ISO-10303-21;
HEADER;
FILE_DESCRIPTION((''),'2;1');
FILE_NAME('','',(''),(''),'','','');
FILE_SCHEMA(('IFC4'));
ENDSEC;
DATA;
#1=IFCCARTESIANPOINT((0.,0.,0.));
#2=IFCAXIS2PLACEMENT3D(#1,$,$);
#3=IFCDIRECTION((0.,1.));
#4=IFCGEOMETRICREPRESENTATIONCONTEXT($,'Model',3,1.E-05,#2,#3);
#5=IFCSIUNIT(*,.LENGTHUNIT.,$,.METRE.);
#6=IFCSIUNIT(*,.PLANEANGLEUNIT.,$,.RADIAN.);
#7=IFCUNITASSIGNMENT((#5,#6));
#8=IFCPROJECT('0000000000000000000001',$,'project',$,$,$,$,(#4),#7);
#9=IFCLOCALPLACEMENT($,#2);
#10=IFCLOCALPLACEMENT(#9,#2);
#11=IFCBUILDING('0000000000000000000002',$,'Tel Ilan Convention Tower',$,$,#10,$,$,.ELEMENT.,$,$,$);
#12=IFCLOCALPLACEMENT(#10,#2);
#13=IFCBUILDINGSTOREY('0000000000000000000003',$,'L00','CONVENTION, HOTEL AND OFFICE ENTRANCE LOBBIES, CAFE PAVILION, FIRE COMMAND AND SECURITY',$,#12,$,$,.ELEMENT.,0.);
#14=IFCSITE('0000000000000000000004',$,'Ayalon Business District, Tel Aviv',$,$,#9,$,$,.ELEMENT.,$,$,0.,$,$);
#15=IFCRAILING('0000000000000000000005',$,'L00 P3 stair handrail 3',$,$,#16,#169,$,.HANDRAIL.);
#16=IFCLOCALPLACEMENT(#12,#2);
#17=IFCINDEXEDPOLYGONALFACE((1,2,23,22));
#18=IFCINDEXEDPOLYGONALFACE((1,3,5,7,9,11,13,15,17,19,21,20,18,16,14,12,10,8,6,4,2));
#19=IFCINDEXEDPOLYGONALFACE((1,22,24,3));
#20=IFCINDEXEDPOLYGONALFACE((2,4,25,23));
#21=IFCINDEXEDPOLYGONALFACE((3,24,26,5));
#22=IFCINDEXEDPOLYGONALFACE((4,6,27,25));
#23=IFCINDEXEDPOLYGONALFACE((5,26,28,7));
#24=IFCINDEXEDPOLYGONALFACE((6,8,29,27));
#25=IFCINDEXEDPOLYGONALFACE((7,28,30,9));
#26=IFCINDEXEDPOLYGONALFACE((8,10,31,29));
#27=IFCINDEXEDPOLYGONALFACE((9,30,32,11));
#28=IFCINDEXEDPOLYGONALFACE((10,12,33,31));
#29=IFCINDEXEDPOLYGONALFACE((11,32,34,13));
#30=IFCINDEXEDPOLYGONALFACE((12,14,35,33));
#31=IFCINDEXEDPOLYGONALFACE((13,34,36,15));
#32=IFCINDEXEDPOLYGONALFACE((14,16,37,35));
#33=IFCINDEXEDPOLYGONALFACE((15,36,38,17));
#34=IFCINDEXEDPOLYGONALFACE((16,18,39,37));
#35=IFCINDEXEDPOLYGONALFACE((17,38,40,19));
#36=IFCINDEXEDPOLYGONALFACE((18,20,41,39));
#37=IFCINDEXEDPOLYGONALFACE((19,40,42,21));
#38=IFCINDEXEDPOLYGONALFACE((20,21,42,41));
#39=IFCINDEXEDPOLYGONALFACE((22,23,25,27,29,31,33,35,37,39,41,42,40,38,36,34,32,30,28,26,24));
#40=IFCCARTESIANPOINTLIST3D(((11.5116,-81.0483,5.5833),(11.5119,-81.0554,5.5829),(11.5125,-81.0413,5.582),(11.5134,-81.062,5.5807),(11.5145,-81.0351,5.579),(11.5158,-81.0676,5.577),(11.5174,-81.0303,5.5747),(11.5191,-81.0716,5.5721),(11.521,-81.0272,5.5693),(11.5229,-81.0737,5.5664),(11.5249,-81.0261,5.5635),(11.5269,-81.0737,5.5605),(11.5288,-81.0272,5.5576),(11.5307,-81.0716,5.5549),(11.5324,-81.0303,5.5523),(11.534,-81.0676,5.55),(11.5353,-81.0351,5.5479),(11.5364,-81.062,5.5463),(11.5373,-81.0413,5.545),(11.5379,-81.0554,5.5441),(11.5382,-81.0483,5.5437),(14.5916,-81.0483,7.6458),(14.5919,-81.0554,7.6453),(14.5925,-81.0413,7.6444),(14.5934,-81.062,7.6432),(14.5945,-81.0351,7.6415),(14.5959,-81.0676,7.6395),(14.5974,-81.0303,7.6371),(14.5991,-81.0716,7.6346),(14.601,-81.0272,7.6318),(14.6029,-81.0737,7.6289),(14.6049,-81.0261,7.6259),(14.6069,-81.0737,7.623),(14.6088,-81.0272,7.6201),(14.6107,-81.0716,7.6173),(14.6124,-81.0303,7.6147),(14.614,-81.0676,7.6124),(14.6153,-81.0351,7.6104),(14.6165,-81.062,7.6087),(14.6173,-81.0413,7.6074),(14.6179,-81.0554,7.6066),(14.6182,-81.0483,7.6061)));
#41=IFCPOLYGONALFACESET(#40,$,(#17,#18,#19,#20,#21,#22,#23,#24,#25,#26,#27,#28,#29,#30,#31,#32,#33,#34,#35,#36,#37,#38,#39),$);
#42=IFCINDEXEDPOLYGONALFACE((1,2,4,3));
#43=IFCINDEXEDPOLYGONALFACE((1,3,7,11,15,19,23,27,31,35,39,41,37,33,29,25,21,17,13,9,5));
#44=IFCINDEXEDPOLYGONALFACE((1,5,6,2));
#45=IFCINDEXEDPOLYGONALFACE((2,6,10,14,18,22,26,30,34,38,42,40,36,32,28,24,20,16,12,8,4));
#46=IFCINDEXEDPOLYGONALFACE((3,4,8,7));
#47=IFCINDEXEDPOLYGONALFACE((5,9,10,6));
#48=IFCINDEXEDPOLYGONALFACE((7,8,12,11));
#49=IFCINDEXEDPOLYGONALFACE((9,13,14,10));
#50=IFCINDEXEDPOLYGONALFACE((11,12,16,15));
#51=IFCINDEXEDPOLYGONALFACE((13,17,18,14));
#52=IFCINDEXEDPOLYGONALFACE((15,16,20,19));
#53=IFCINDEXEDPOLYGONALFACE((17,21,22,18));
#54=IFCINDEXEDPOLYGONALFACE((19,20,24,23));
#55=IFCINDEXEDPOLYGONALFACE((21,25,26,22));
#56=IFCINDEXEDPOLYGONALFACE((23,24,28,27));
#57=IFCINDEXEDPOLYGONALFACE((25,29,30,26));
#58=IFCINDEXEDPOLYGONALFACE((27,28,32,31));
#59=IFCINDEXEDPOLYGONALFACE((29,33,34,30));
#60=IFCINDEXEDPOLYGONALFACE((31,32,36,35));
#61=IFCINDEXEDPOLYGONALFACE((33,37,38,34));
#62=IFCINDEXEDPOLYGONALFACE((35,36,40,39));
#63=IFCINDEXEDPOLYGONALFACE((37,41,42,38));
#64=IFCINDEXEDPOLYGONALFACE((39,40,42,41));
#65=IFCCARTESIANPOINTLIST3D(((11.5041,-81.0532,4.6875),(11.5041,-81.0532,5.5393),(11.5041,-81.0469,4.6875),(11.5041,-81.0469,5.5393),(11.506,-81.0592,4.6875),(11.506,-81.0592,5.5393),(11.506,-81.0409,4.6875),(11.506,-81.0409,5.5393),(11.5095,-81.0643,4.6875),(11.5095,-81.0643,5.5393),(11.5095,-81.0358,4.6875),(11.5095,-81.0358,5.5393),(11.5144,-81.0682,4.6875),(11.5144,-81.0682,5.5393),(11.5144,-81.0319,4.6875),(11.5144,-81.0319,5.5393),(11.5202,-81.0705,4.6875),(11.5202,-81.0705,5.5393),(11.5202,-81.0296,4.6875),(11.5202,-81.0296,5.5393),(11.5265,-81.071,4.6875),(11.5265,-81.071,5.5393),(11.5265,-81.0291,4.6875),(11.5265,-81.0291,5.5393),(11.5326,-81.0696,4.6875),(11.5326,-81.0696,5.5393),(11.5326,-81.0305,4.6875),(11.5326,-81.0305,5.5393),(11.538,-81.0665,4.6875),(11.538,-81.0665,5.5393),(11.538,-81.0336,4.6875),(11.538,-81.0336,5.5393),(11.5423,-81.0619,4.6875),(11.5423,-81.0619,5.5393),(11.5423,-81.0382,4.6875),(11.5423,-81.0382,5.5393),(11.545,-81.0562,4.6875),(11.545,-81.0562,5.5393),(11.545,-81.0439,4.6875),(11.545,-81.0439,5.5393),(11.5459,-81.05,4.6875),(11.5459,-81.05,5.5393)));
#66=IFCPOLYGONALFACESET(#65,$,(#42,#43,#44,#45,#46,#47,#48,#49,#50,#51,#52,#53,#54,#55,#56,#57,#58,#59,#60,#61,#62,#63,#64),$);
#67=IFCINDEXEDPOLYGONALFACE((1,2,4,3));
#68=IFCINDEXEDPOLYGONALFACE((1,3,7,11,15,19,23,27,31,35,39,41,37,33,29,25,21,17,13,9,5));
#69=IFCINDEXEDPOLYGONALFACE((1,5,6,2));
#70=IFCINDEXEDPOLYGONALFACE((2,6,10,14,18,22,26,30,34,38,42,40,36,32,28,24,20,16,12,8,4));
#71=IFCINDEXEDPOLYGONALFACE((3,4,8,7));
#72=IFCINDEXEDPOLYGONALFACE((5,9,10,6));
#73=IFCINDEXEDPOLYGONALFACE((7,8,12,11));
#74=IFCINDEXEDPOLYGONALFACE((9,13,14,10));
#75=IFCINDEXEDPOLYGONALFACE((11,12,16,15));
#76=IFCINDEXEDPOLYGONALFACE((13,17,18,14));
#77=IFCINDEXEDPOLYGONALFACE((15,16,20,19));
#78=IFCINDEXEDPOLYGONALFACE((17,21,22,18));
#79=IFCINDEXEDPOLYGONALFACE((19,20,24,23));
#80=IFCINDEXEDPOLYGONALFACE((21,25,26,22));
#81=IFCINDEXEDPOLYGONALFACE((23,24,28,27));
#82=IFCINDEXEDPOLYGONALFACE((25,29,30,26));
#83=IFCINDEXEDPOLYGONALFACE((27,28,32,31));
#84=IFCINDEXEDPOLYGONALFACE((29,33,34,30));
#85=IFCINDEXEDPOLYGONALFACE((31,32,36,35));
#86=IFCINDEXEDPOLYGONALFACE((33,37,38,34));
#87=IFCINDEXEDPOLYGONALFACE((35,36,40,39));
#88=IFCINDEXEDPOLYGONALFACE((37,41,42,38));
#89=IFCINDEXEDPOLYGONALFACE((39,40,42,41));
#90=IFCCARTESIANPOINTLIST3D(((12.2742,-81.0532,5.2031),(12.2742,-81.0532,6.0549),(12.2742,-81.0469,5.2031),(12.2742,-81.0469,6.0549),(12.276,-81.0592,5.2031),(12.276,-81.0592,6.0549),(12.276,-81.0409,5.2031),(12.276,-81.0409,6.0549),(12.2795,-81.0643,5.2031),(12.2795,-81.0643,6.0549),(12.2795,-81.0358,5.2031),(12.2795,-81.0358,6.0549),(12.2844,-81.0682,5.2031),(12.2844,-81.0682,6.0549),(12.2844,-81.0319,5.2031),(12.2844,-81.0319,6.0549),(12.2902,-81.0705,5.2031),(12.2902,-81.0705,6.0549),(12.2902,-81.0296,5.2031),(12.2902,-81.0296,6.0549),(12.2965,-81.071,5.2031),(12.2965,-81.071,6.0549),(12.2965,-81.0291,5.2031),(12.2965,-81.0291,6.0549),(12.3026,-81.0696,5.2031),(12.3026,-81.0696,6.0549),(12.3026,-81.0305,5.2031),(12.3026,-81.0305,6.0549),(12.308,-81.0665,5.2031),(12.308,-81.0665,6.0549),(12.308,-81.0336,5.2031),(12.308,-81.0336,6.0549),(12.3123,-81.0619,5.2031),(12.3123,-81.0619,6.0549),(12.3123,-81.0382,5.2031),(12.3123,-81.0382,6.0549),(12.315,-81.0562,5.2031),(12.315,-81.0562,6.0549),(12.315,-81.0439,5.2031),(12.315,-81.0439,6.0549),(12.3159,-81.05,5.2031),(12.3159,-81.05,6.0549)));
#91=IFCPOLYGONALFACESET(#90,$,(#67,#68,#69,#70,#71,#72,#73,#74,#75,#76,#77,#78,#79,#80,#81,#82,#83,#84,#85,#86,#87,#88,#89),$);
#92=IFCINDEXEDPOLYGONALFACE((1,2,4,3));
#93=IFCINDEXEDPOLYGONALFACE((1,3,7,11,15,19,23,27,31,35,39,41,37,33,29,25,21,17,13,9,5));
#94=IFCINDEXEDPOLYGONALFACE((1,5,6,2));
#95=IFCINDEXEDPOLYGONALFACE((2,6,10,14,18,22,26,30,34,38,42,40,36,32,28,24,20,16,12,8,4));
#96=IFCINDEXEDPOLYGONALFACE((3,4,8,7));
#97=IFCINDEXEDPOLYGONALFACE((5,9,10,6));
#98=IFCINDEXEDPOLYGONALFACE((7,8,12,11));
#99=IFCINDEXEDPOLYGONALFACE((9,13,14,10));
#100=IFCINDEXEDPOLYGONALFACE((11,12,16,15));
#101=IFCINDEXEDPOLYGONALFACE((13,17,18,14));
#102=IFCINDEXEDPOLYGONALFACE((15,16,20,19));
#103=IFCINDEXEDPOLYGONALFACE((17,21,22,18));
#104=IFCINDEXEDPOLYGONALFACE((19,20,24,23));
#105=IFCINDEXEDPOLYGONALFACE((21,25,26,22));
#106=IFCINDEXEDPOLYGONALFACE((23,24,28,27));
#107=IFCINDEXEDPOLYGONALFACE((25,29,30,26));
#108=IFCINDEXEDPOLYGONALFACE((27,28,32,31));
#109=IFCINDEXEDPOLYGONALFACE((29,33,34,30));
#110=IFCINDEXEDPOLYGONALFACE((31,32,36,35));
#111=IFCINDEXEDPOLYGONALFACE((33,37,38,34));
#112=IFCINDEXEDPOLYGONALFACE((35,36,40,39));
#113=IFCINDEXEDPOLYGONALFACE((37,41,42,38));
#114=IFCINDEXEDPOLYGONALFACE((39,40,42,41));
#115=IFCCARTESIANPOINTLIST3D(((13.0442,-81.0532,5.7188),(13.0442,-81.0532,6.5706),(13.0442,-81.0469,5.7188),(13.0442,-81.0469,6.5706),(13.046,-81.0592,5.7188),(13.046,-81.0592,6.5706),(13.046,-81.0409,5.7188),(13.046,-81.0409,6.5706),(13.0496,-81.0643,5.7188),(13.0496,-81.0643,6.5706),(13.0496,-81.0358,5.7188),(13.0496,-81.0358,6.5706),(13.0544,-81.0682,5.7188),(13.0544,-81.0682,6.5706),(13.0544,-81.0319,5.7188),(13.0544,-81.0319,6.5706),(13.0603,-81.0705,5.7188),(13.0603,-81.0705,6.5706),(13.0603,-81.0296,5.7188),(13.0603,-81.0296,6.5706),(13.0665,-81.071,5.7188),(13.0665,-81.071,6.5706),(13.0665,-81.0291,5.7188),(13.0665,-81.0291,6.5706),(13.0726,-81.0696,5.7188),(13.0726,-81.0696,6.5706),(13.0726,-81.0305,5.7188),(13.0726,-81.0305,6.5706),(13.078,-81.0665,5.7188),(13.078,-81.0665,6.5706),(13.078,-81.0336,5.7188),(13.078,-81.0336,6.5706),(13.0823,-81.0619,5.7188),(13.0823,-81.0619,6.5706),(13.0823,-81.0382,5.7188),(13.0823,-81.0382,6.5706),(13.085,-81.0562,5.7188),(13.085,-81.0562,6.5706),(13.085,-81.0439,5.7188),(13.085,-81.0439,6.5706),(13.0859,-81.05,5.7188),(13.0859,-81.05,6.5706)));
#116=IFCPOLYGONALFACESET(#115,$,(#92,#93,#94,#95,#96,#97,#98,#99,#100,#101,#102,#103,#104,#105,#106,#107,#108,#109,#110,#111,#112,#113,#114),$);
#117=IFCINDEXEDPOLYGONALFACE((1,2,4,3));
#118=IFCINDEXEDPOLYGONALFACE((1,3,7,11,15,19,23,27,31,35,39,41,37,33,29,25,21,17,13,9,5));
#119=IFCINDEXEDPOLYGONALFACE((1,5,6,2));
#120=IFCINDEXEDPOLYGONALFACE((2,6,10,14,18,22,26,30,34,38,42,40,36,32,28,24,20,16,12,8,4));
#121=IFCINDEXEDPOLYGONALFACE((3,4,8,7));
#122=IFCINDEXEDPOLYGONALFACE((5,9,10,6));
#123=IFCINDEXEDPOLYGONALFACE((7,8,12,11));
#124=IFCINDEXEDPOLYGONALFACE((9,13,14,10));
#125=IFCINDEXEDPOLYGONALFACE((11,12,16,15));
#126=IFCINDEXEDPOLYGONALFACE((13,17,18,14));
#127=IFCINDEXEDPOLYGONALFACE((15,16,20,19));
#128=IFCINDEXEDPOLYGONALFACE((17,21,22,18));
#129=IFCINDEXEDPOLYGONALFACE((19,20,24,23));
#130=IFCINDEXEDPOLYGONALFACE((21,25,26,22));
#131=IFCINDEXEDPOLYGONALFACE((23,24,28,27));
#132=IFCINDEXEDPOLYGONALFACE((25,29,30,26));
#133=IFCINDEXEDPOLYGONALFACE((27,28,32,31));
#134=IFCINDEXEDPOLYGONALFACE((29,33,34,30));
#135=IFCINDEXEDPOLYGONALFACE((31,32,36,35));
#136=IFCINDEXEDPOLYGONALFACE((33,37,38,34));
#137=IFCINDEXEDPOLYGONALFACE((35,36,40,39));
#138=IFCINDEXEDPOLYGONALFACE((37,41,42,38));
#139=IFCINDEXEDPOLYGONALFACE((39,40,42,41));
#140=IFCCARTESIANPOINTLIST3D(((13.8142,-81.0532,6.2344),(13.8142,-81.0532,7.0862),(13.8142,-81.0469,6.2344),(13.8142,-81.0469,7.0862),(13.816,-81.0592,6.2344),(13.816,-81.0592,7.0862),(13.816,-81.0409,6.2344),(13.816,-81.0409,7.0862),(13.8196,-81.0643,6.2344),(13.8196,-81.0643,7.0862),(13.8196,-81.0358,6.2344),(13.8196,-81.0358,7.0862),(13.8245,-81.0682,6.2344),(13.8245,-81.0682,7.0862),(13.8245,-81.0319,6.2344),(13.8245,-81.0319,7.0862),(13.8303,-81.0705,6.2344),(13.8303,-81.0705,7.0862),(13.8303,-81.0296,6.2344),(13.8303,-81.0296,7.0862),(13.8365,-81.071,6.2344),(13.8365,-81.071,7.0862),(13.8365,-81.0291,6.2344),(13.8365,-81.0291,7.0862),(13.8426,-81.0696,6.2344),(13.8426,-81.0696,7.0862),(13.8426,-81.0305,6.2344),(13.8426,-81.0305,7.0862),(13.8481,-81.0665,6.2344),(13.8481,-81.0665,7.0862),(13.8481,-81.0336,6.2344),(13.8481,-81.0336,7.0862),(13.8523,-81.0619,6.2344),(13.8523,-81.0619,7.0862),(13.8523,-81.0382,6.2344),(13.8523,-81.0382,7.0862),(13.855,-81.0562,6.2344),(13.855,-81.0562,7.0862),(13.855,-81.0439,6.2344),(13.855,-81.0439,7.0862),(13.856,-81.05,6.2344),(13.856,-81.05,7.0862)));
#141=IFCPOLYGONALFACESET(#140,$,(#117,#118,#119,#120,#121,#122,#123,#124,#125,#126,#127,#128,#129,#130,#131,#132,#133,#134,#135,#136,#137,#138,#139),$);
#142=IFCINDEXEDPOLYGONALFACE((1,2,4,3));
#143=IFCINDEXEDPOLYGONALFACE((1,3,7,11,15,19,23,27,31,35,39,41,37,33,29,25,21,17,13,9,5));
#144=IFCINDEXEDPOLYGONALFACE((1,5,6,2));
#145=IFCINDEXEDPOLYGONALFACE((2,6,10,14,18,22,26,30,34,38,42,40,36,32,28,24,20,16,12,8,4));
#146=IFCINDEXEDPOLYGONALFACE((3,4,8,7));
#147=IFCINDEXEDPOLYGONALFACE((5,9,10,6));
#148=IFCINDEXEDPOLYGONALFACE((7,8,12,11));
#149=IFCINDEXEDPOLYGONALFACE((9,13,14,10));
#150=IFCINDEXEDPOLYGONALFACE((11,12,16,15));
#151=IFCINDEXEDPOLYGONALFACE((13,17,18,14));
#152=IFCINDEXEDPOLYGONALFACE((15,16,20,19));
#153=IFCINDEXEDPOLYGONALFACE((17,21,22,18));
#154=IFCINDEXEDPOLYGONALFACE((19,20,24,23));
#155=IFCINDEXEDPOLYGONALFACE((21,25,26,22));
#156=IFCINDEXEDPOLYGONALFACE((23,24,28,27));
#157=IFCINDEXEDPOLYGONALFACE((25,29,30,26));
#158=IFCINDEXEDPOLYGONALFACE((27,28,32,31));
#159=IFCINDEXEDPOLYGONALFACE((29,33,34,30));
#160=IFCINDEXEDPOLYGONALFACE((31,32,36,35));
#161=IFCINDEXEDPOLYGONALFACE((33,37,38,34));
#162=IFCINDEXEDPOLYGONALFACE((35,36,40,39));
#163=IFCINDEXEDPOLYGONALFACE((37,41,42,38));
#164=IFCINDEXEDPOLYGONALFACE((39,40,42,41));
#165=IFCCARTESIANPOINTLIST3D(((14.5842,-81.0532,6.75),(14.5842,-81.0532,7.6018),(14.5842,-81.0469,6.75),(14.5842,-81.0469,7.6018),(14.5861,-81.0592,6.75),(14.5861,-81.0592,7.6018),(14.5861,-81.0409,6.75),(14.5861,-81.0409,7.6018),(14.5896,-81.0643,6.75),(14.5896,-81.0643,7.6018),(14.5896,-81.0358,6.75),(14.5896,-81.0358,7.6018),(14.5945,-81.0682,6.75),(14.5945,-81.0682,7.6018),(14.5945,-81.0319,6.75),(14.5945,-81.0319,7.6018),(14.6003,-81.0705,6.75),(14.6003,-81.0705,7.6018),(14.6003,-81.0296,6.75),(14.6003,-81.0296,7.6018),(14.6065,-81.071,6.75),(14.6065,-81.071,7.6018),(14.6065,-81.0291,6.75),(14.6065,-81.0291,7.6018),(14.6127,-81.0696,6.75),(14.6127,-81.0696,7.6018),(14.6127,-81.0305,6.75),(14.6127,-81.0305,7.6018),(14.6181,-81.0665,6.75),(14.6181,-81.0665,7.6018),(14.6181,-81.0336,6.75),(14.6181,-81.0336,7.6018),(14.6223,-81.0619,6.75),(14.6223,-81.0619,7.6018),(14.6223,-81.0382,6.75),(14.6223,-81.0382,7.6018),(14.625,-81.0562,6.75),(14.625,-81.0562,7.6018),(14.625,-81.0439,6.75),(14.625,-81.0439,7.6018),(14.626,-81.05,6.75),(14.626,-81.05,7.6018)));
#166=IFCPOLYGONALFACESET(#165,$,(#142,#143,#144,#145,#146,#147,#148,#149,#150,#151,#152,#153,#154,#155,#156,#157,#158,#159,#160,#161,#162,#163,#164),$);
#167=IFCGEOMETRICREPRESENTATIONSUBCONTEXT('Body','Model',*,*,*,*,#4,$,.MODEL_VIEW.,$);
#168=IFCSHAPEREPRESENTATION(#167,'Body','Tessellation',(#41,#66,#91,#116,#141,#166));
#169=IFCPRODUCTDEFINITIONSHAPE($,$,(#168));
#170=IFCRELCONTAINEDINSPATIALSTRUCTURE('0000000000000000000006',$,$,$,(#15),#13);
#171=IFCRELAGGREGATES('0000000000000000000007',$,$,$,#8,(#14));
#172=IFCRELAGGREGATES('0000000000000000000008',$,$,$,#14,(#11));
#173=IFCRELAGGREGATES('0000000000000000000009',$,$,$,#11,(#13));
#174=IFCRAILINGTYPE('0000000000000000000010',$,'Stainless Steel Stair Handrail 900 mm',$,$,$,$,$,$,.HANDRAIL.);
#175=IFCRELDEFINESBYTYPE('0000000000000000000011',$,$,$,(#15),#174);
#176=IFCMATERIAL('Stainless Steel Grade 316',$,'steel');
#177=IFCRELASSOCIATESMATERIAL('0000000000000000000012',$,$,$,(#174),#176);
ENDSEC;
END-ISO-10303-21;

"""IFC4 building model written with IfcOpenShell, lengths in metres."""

from ifc_helpers import new_model, si_unit, direction, frame, origin, origin_2d, place, context, subcontext, project, spatial, circle, extrude, material, type_object, element, save


model = new_model("IFC4")

# Units and contexts
model_context = context("Model", 3, precision=1e-05, world=origin(), true_north=direction((0.0, 1.0)))
body_context = subcontext(model_context, "Body", "Model", "MODEL_VIEW")
ifc_project = project(units=[si_unit("LENGTHUNIT", "METRE"), si_unit("PLANEANGLEUNIT", "RADIAN")], contexts=[model_context])

# Site, building, storey
site_placement = place(None, origin())
site = spatial("IfcSite", under=ifc_project, at=site_placement, Name="Ayalon Business District, Tel Aviv", CompositionType="ELEMENT", RefElevation=0.0)
building_placement = place(site_placement, origin())
building = spatial("IfcBuilding", under=site, at=building_placement, Name="Tel Ilan Convention Tower", CompositionType="ELEMENT")
storey_placement = place(building_placement, origin())
storey = spatial("IfcBuildingStorey", under=building, at=storey_placement, Name="L00", Description="CONVENTION, HOTEL AND OFFICE ENTRANCE LOBBIES, CAFE PAVILION, FIRE COMMAND AND SECURITY", CompositionType="ELEMENT", Elevation=0.0)

# Railing
ifc_material_1 = material(Name="Stainless Steel Grade 316", Category="steel")
railing_type_1 = type_object("IfcRailingType", Name="Stainless Steel Stair Handrail 900 mm", PredefinedType="HANDRAIL", material=ifc_material_1)
for number, where, name in (
    (1, (11.5249, -81.05, 4.6875), "L00 P3 stair handrail 3"),
):
    element("IfcRailing", number, at=place(storey_placement, frame(where)), inside=storey, type_object=railing_type_1, Name=name, PredefinedType="HANDRAIL", context=body_context, shape_type="SweptSolid", body=[
        extrude(circle(Radius=0.0239, at=origin_2d()), frame((0.0, 0.0, 0.876), z_axis=(0.830914, 0.0, 0.556401), x_axis=(0.0, 1.0, 0.0)), (0.0, 0.0, 1.0), 3.7068),
        extrude(circle(Radius=0.021, at=origin_2d()), origin(), (0.0, 0.0, 1.0), 0.8518),
        extrude(circle(Radius=0.021, at=origin_2d()), frame((0.77, 0.0, 0.5156)), (0.0, 0.0, 1.0), 0.8518),
        extrude(circle(Radius=0.021, at=origin_2d()), frame((1.54, 0.0, 1.0312)), (0.0, 0.0, 1.0), 0.8518),
        extrude(circle(Radius=0.021, at=origin_2d()), frame((2.3101, 0.0, 1.5469)), (0.0, 0.0, 1.0), 0.8518),
        extrude(circle(Radius=0.021, at=origin_2d()), frame((3.0801, 0.0, 2.0625)), (0.0, 0.0, 1.0), 0.8518),
    ])

save(model, "model.ifc")
